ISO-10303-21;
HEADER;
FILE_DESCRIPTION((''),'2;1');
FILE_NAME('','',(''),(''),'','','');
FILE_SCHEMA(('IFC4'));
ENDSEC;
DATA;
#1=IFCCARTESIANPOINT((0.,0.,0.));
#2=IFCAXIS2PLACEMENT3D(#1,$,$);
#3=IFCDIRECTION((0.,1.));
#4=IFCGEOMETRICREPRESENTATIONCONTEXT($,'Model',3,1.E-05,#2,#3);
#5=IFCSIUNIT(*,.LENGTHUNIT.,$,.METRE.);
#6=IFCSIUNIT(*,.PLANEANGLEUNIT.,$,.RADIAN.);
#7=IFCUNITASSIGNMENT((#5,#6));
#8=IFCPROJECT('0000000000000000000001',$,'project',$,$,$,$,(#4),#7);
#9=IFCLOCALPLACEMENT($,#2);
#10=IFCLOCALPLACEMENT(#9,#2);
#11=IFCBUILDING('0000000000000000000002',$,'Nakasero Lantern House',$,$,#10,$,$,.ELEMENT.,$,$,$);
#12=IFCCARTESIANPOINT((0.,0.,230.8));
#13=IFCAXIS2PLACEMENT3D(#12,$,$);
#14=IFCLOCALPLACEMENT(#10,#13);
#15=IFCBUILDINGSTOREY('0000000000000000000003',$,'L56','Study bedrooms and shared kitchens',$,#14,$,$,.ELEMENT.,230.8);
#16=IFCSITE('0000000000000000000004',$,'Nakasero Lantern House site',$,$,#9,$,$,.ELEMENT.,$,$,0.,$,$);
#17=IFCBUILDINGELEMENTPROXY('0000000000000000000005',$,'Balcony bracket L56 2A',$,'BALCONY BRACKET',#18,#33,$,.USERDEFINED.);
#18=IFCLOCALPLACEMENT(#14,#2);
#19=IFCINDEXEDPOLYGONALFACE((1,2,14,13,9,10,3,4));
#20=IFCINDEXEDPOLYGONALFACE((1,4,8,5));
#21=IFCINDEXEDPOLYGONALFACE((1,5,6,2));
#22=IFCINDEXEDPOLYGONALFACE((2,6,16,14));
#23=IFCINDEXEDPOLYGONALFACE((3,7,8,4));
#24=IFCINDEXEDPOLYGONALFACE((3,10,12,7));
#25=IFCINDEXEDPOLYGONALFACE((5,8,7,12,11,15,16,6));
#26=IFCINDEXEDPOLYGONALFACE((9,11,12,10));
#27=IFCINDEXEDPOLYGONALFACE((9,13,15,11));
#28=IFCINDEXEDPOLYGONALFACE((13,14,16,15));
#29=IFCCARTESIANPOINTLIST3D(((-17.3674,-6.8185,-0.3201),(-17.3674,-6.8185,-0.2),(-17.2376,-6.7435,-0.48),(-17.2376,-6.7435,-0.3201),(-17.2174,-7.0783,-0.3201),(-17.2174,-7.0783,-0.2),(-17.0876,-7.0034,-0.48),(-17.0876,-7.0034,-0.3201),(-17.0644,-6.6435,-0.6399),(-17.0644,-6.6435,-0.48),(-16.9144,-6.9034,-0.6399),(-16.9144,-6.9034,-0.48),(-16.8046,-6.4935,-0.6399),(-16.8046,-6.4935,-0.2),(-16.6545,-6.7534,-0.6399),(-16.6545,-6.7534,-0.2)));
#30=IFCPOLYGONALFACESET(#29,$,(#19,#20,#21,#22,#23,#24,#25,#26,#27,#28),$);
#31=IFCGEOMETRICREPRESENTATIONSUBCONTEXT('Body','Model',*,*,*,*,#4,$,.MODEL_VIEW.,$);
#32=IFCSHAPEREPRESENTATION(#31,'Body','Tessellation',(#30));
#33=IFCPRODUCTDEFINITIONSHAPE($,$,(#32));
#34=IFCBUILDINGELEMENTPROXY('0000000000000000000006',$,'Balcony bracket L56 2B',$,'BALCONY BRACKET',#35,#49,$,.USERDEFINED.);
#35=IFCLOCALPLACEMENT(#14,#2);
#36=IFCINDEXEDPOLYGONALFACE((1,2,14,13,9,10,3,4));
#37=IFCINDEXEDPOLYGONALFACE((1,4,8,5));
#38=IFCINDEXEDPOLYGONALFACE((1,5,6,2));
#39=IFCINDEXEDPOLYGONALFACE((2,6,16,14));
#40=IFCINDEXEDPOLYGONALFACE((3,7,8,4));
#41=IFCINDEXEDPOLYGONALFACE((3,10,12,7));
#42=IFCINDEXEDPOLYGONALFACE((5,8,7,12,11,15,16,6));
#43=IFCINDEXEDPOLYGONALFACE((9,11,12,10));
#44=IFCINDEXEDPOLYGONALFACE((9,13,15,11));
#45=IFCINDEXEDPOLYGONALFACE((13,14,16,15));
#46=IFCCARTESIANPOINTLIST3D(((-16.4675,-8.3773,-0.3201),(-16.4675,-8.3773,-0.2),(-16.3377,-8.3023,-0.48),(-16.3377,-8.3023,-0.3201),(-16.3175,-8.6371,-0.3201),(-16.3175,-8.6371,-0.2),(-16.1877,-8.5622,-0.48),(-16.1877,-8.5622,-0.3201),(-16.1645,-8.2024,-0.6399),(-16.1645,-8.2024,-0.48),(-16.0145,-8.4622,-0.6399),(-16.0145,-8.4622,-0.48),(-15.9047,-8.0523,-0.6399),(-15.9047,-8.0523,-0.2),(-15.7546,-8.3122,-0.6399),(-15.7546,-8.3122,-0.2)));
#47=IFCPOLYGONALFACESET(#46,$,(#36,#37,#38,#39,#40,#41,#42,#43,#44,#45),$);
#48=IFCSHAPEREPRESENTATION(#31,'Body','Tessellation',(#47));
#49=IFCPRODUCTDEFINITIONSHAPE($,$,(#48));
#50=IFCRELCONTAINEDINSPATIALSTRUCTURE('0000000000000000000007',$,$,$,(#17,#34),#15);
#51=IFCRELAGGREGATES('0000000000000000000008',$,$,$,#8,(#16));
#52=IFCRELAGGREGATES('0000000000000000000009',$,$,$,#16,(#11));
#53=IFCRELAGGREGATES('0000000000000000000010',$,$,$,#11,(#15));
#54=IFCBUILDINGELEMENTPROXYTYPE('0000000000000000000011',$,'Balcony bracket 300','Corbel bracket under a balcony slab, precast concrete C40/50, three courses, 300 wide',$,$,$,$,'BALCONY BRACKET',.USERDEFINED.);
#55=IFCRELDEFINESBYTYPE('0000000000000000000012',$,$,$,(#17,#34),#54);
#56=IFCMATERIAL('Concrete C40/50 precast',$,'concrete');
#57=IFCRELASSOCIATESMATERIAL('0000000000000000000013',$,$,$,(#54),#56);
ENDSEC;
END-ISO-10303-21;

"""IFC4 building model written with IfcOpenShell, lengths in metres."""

from ifc_helpers import new_model, si_unit, direction, frame, origin, place, context, subcontext, project, spatial, polyline, outline, extrude, material, type_object, element, save


model = new_model("IFC4")

# Units and contexts
model_context = context("Model", 3, precision=1e-05, world=origin(), true_north=direction((0.0, 1.0)))
body_context = subcontext(model_context, "Body", "Model", "MODEL_VIEW")
ifc_project = project(units=[si_unit("LENGTHUNIT", "METRE"), si_unit("PLANEANGLEUNIT", "RADIAN")], contexts=[model_context])

# Site, building, storey
site_placement = place(None, origin())
site = spatial("IfcSite", under=ifc_project, at=site_placement, Name="Nakasero Lantern House site", CompositionType="ELEMENT", RefElevation=0.0)
building_placement = place(site_placement, origin())
building = spatial("IfcBuilding", under=site, at=building_placement, Name="Nakasero Lantern House", CompositionType="ELEMENT")
storey_placement = place(building_placement, frame((0.0, 0.0, 230.8)))
storey = spatial("IfcBuildingStorey", under=building, at=storey_placement, Name="L56", Description="Study bedrooms and shared kitchens", CompositionType="ELEMENT", Elevation=230.8)

# Building element proxies
ifc_material_1 = material(Name="Concrete C40/50 precast", Category="concrete")
building_element_proxy_type = type_object("IfcBuildingElementProxyType", Name="Balcony bracket 300", Description="Corbel bracket under a balcony slab, precast concrete C40/50, three courses, 300 wide", ElementType="BALCONY BRACKET", PredefinedType="USERDEFINED", material=ifc_material_1)
for number, where, z_axis, x_axis, name in (
    (1, (-16.7295, -6.6235, -0.2), (0.0, 0.0, 1.0), (-0.866025, -0.5, 0.0), "Balcony bracket L56 2A"),
    (2, (-15.8296, -8.1824, -0.2), (0.0, 0.0, 1.0), (-0.866025, -0.5, 0.0), "Balcony bracket L56 2B"),
):
    element("IfcBuildingElementProxy", number, at=place(storey_placement, frame(where, z_axis=z_axis, x_axis=x_axis)), inside=storey, type_object=building_element_proxy_type, Name=name, ObjectType="BALCONY BRACKET", PredefinedType="USERDEFINED", context=body_context, shape_type="SweptSolid", body=[
        extrude(outline(polyline([(0.0, 0.0), (0.6499, 0.0), (0.6499, -0.1201), (0.5, -0.1201), (0.5, -0.28), (0.3, -0.28), (0.3, -0.4399), (0.0, -0.4399), (0.0, 0.0)])), frame((0.0, 0.1499, 0.0), z_axis=(0.0, -1.0, 0.0), x_axis=(1.0, 0.0, 0.0)), (0.0, 0.0, 1.0), 0.3),
    ])

save(model, "model.ifc")
